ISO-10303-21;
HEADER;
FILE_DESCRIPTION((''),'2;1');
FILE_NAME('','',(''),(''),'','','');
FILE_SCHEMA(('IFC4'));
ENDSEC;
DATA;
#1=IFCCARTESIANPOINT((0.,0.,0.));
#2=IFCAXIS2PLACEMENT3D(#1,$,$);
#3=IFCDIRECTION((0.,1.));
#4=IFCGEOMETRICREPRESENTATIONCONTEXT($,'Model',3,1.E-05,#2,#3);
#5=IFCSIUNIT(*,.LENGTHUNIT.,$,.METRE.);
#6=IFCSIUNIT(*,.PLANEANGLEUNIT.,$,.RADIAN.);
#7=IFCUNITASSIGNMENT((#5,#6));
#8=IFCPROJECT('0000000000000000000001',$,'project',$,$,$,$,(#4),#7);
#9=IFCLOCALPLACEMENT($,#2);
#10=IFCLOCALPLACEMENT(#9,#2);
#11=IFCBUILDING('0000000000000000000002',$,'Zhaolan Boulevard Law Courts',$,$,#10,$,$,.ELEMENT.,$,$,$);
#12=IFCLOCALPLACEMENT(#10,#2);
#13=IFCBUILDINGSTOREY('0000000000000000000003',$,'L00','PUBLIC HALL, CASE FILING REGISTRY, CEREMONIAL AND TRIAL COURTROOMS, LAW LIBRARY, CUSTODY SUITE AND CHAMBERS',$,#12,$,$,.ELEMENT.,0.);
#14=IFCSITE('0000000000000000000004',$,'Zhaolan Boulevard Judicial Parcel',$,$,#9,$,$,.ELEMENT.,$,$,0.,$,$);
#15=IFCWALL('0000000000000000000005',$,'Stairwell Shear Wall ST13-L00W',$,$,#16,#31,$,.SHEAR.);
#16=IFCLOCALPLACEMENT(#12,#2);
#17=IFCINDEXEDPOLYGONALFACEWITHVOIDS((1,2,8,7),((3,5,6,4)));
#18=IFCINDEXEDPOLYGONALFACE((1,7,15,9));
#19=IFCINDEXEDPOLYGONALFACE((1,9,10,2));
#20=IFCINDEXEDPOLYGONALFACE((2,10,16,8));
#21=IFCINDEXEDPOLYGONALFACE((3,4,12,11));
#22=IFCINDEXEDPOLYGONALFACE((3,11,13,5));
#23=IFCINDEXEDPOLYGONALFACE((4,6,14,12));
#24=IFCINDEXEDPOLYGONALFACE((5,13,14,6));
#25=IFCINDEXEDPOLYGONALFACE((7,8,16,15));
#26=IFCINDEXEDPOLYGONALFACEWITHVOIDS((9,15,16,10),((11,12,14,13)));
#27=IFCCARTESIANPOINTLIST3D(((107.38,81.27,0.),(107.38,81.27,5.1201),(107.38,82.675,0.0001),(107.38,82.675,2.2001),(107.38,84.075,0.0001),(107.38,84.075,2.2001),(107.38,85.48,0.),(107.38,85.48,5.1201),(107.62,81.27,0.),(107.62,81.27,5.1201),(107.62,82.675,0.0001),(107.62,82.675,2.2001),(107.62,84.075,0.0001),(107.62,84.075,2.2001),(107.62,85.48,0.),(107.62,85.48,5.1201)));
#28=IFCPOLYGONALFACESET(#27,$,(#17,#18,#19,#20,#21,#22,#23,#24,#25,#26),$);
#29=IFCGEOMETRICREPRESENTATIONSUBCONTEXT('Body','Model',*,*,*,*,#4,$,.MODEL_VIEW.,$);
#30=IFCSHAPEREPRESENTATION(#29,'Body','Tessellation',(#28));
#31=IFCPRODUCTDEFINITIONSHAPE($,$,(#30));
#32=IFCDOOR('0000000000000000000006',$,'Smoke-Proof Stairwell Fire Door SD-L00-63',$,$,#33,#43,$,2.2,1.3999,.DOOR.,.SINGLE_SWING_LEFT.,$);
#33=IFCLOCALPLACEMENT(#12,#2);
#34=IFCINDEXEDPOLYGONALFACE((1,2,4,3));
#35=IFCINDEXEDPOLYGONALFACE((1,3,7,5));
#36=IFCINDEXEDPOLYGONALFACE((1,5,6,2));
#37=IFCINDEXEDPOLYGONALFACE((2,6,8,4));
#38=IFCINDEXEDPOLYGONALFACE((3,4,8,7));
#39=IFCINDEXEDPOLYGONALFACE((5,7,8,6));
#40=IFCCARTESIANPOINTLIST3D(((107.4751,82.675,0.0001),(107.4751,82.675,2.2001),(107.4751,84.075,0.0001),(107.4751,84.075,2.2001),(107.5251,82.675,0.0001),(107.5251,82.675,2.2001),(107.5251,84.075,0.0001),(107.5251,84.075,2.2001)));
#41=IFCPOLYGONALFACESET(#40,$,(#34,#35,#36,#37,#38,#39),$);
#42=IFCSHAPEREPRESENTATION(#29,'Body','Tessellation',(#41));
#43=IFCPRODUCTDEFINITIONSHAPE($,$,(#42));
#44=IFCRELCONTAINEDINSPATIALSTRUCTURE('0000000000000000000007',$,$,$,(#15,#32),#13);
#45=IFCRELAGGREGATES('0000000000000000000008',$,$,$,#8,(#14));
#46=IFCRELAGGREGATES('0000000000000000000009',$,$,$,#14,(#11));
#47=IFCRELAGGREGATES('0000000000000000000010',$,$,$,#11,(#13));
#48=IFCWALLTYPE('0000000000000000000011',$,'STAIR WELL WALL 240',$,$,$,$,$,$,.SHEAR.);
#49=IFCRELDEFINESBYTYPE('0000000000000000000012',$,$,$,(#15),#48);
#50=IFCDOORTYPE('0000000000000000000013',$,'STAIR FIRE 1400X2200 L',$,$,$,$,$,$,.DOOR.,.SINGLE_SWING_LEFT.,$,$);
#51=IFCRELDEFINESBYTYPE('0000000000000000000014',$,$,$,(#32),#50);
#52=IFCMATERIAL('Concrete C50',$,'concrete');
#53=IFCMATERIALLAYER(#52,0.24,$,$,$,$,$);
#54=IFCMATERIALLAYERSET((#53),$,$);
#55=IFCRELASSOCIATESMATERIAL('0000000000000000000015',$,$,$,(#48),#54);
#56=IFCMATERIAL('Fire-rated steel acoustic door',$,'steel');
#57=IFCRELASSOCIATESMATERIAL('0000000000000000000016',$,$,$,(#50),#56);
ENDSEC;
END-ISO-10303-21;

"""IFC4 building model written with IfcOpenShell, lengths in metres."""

from ifc_helpers import new_model, si_unit, direction, frame, frame_2d, origin, place, context, subcontext, project, spatial, rectangle, extrude, material, layer, layer_set, type_object, element, fill, save


model = new_model("IFC4")

# Units and contexts
model_context = context("Model", 3, precision=1e-05, world=origin(), true_north=direction((0.0, 1.0)))
body_context = subcontext(model_context, "Body", "Model", "MODEL_VIEW")
ifc_project = project(units=[si_unit("LENGTHUNIT", "METRE"), si_unit("PLANEANGLEUNIT", "RADIAN")], contexts=[model_context])

# Site, building, storey
site_placement = place(None, origin())
site = spatial("IfcSite", under=ifc_project, at=site_placement, Name="Zhaolan Boulevard Judicial Parcel", CompositionType="ELEMENT", RefElevation=0.0)
building_placement = place(site_placement, origin())
building = spatial("IfcBuilding", under=site, at=building_placement, Name="Zhaolan Boulevard Law Courts", CompositionType="ELEMENT")
storey_placement = place(building_placement, origin())
storey = spatial("IfcBuildingStorey", under=building, at=storey_placement, Name="L00", Description="PUBLIC HALL, CASE FILING REGISTRY, CEREMONIAL AND TRIAL COURTROOMS, LAW LIBRARY, CUSTODY SUITE AND CHAMBERS", CompositionType="ELEMENT", Elevation=0.0)

# Shared definitions
ifc_material_1 = material(Name="Concrete C50", Category="concrete")
ifc_layer_1 = layer(ifc_material_1, 0.24)
ifc_layer_set_1 = layer_set([ifc_layer_1])
wall_type_1 = type_object("IfcWallType", Name="STAIR WELL WALL 240", PredefinedType="SHEAR", material=ifc_layer_set_1)

# Wall, opening, door
wall_1_placement = place(storey_placement, frame((107.5, 81.27, 0.0), z_axis=(0.0, 0.0, 1.0), x_axis=(0.0, 1.0, 0.0)))
wall_1 = element("IfcWall", 1, at=wall_1_placement, inside=storey, type_object=wall_type_1, Name="Stairwell Shear Wall ST13-L00W", PredefinedType="SHEAR", context=body_context, shape_type="SweptSolid", body=[
    extrude(rectangle(XDim=4.21, YDim=0.24, at=frame_2d((2.105, 0.0))), origin(), (0.0, 0.0, 1.0), 5.1201),
])
opening_1_placement = place(wall_1_placement, frame((1.405, 0.0, 0.0)))
opening_1 = element("IfcOpeningElement", 2, at=opening_1_placement, cuts=wall_1, PredefinedType="OPENING", context=body_context, shape_type="SweptSolid", body=[
    extrude(rectangle(XDim=1.3999, YDim=2.2, at=frame_2d((0.7, 1.1001))), frame((0.0, 0.1299, 0.0), z_axis=(0.0, -1.0, 0.0), x_axis=(1.0, 0.0, 0.0)), (0.0, 0.0, 1.0), 0.26),
])
ifc_material_2 = material(Name="Fire-rated steel acoustic door", Category="steel")
door_type_1 = type_object("IfcDoorType", Name="STAIR FIRE 1400X2200 L", OperationType="SINGLE_SWING_LEFT", PredefinedType="DOOR", material=ifc_material_2)
door_1_placement = place(opening_1_placement, origin())
door_1 = element("IfcDoor", 3, at=door_1_placement, inside=storey, type_object=door_type_1, Name="Smoke-Proof Stairwell Fire Door SD-L00-63", OperationType="SINGLE_SWING_LEFT", OverallHeight=2.2, OverallWidth=1.3999, PredefinedType="DOOR", context=body_context, shape_type="SweptSolid", body=[
    extrude(rectangle(XDim=1.3999, YDim=2.2, at=frame_2d((0.7, 1.1001))), frame((0.0, 0.0249, 0.0), z_axis=(0.0, -1.0, 0.0), x_axis=(1.0, 0.0, 0.0)), (0.0, 0.0, 1.0), 0.05),
])
fill(opening_1, door_1)

save(model, "model.ifc")
